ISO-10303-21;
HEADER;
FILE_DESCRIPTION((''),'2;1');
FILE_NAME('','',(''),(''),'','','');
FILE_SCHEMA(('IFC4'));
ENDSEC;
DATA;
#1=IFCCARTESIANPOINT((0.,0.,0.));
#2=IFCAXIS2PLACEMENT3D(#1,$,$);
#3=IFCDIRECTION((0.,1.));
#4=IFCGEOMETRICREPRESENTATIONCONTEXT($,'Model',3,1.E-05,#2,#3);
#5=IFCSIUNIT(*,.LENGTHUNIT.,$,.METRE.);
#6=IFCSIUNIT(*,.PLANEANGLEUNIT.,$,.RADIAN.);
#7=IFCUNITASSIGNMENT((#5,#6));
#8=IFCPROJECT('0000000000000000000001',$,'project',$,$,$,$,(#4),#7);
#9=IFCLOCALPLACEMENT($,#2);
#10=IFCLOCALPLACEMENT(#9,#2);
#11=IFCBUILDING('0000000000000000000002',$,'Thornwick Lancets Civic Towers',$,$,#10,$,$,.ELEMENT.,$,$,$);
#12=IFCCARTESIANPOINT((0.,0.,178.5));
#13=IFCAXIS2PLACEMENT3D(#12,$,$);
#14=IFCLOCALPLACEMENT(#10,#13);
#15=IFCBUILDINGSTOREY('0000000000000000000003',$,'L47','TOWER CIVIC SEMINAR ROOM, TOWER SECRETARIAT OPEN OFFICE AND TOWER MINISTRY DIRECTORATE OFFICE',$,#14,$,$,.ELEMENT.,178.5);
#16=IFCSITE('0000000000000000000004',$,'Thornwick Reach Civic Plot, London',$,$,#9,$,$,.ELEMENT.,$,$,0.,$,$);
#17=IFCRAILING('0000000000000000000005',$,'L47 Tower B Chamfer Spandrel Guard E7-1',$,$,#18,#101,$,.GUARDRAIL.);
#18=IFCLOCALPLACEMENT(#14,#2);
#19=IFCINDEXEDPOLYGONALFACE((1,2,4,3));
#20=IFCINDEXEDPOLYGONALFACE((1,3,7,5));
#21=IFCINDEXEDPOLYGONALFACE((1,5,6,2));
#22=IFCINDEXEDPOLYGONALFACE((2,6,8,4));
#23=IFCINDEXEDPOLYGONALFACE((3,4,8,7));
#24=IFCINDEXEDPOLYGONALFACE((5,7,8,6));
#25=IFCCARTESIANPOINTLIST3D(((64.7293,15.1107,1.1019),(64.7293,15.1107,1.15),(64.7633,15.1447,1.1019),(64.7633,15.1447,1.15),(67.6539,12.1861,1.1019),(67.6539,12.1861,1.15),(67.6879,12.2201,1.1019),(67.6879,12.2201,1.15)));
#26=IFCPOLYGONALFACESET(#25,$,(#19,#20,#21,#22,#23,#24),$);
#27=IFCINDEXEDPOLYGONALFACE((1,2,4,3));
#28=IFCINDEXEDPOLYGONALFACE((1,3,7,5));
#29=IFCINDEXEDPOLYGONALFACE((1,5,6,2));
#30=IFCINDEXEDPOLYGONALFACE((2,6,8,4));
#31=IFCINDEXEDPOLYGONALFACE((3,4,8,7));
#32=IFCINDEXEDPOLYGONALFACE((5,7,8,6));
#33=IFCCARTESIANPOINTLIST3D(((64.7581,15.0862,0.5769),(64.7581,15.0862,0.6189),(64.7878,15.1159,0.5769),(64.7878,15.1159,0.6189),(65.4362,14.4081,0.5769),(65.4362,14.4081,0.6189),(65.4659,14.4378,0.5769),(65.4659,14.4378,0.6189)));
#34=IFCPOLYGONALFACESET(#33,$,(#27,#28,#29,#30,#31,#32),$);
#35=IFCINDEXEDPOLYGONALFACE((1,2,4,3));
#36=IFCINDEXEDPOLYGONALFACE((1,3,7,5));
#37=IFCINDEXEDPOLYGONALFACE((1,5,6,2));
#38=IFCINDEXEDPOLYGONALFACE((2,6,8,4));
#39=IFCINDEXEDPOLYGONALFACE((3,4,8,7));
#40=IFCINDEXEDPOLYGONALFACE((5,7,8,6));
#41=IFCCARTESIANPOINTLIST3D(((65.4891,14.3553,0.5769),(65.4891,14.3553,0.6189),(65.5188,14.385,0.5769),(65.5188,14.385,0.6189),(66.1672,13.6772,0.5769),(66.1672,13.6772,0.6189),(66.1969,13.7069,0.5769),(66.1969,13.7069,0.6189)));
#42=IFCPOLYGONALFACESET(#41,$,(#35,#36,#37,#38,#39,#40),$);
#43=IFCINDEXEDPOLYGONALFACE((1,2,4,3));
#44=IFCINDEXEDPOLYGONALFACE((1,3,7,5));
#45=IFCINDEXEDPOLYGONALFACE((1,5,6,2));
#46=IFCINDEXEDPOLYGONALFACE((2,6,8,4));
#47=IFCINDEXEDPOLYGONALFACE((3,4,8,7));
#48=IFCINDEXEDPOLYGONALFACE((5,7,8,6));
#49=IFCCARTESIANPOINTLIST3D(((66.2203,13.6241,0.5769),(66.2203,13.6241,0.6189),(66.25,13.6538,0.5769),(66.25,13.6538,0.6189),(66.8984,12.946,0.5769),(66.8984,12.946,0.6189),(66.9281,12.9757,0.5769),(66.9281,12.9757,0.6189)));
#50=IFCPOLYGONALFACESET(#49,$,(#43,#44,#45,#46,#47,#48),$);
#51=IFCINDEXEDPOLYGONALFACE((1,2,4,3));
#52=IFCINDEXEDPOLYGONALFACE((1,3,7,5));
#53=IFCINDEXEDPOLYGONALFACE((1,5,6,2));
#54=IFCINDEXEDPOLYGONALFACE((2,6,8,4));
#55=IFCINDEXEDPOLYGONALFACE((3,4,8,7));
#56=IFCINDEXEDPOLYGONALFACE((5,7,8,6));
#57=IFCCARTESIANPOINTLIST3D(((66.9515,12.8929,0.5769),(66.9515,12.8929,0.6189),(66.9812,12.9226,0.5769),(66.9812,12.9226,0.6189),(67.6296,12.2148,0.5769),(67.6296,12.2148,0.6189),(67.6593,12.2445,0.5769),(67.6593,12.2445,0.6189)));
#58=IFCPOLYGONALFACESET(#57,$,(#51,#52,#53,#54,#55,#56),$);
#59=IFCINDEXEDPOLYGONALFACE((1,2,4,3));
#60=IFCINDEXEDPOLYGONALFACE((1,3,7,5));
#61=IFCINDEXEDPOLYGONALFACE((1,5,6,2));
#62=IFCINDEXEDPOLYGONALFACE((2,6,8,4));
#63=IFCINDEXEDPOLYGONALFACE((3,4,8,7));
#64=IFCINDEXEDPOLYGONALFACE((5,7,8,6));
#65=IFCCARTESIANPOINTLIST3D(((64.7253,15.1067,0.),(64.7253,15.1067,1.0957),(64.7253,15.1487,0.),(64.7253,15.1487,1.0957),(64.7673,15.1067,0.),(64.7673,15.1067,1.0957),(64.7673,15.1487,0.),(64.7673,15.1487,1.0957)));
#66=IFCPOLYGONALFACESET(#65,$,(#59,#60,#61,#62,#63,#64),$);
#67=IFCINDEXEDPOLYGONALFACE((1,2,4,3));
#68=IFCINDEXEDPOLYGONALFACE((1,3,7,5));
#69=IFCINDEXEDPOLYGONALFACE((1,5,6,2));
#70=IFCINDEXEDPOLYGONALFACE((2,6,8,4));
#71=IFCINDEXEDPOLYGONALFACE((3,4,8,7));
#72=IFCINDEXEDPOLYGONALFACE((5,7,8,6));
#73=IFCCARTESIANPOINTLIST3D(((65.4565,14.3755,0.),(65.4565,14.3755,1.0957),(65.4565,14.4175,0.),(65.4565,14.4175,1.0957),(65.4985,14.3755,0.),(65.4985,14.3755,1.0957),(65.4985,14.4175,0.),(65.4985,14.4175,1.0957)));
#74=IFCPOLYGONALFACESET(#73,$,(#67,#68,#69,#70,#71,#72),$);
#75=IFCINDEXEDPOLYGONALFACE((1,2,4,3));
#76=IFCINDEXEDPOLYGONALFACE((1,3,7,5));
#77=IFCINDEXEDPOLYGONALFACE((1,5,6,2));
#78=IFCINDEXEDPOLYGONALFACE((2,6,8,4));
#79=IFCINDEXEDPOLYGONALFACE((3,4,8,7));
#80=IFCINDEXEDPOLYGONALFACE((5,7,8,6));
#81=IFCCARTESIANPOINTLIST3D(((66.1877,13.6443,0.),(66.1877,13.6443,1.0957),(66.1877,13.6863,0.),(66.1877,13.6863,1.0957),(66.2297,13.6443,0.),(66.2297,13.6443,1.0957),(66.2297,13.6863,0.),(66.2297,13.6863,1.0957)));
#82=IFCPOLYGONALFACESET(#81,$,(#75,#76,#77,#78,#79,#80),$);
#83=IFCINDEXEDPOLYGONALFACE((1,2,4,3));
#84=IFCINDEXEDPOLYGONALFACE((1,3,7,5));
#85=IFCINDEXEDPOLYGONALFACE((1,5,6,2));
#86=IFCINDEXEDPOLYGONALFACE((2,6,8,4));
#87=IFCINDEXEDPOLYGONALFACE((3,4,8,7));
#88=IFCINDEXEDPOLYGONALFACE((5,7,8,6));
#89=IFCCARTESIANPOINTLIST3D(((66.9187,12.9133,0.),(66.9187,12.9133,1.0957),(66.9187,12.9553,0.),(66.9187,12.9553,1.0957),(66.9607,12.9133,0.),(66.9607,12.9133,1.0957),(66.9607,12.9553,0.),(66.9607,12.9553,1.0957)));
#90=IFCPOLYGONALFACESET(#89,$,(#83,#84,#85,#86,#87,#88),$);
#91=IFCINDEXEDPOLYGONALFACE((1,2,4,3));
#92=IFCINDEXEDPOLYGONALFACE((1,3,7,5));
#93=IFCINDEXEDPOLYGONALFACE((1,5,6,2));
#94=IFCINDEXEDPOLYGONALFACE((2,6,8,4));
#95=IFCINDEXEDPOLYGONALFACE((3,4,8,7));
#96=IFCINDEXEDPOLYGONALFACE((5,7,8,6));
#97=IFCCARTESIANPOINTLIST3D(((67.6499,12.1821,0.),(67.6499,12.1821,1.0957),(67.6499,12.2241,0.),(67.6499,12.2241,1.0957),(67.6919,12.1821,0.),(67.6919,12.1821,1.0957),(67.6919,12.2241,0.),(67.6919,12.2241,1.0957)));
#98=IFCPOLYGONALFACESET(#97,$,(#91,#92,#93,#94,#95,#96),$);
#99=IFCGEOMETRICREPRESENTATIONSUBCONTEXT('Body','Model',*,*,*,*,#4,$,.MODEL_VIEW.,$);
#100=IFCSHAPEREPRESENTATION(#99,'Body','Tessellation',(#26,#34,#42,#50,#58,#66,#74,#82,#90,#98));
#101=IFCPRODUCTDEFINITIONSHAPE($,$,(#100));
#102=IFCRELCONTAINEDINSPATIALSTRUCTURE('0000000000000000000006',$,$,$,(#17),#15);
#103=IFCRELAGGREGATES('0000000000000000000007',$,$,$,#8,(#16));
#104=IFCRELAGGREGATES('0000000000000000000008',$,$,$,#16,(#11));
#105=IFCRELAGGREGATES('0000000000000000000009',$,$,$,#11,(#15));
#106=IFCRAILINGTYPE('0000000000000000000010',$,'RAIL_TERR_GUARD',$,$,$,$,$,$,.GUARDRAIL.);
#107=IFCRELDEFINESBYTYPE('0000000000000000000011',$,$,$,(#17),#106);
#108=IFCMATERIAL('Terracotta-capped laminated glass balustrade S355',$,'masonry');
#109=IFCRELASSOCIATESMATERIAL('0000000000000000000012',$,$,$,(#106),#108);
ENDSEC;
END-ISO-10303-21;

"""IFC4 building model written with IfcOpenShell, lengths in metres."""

from ifc_helpers import new_model, si_unit, direction, frame, origin, origin_2d, place, context, subcontext, project, spatial, rectangle, extrude, material, type_object, element, save


model = new_model("IFC4")

# Units and contexts
model_context = context("Model", 3, precision=1e-05, world=origin(), true_north=direction((0.0, 1.0)))
body_context = subcontext(model_context, "Body", "Model", "MODEL_VIEW")
ifc_project = project(units=[si_unit("LENGTHUNIT", "METRE"), si_unit("PLANEANGLEUNIT", "RADIAN")], contexts=[model_context])

# Site, building, storey
site_placement = place(None, origin())
site = spatial("IfcSite", under=ifc_project, at=site_placement, Name="Thornwick Reach Civic Plot, London", CompositionType="ELEMENT", RefElevation=0.0)
building_placement = place(site_placement, origin())
building = spatial("IfcBuilding", under=site, at=building_placement, Name="Thornwick Lancets Civic Towers", CompositionType="ELEMENT")
storey_placement = place(building_placement, frame((0.0, 0.0, 178.5)))
storey = spatial("IfcBuildingStorey", under=building, at=storey_placement, Name="L47", Description="TOWER CIVIC SEMINAR ROOM, TOWER SECRETARIAT OPEN OFFICE AND TOWER MINISTRY DIRECTORATE OFFICE", CompositionType="ELEMENT", Elevation=178.5)

# Railing
ifc_material_1 = material(Name="Terracotta-capped laminated glass balustrade S355", Category="masonry")
railing_type = type_object("IfcRailingType", Name="RAIL_TERR_GUARD", PredefinedType="GUARDRAIL", material=ifc_material_1)
railing_placement = place(storey_placement, frame((64.7463, 15.1277, 0.0)))
element("IfcRailing", 1, at=railing_placement, inside=storey, type_object=railing_type, Name="L47 Tower B Chamfer Spandrel Guard E7-1", PredefinedType="GUARDRAIL", context=body_context, shape_type="SweptSolid", body=[
    extrude(rectangle(XDim=0.0481, YDim=0.0481, at=origin_2d()), frame((0.0, 0.0, 1.126), z_axis=(0.707107, -0.707107, 0.0), x_axis=(0.707107, 0.707107, 0.0)), (0.0, 0.0, 1.0), 4.136),
    extrude(rectangle(XDim=0.042, YDim=0.042, at=origin_2d()), frame((0.0266, -0.0266, 0.5979), z_axis=(0.707107, -0.707107, 0.0), x_axis=(0.707107, 0.707107, 0.0)), (0.0, 0.0, 1.0), 0.959),
    extrude(rectangle(XDim=0.042, YDim=0.042, at=origin_2d()), frame((0.7576, -0.7576, 0.5979), z_axis=(0.707107, -0.707107, 0.0), x_axis=(0.707107, 0.707107, 0.0)), (0.0, 0.0, 1.0), 0.959),
    extrude(rectangle(XDim=0.042, YDim=0.042, at=origin_2d()), frame((1.4888, -1.4888, 0.5979), z_axis=(0.707107, -0.707107, 0.0), x_axis=(0.707107, 0.707107, 0.0)), (0.0, 0.0, 1.0), 0.959),
    extrude(rectangle(XDim=0.042, YDim=0.042, at=origin_2d()), frame((2.22, -2.22, 0.5979), z_axis=(0.707107, -0.707107, 0.0), x_axis=(0.707107, 0.707107, 0.0)), (0.0, 0.0, 1.0), 0.959),
    extrude(rectangle(XDim=0.042, YDim=0.042, at=origin_2d()), origin(), (0.0, 0.0, 1.0), 1.0957),
    extrude(rectangle(XDim=0.042, YDim=0.042, at=origin_2d()), frame((0.7312, -0.7312, 0.0)), (0.0, 0.0, 1.0), 1.0957),
    extrude(rectangle(XDim=0.042, YDim=0.042, at=origin_2d()), frame((1.4624, -1.4624, 0.0)), (0.0, 0.0, 1.0), 1.0957),
    extrude(rectangle(XDim=0.042, YDim=0.042, at=origin_2d()), frame((2.1934, -2.1934, 0.0)), (0.0, 0.0, 1.0), 1.0957),
    extrude(rectangle(XDim=0.042, YDim=0.042, at=origin_2d()), frame((2.9246, -2.9246, 0.0)), (0.0, 0.0, 1.0), 1.0957),
])

save(model, "model.ifc")
